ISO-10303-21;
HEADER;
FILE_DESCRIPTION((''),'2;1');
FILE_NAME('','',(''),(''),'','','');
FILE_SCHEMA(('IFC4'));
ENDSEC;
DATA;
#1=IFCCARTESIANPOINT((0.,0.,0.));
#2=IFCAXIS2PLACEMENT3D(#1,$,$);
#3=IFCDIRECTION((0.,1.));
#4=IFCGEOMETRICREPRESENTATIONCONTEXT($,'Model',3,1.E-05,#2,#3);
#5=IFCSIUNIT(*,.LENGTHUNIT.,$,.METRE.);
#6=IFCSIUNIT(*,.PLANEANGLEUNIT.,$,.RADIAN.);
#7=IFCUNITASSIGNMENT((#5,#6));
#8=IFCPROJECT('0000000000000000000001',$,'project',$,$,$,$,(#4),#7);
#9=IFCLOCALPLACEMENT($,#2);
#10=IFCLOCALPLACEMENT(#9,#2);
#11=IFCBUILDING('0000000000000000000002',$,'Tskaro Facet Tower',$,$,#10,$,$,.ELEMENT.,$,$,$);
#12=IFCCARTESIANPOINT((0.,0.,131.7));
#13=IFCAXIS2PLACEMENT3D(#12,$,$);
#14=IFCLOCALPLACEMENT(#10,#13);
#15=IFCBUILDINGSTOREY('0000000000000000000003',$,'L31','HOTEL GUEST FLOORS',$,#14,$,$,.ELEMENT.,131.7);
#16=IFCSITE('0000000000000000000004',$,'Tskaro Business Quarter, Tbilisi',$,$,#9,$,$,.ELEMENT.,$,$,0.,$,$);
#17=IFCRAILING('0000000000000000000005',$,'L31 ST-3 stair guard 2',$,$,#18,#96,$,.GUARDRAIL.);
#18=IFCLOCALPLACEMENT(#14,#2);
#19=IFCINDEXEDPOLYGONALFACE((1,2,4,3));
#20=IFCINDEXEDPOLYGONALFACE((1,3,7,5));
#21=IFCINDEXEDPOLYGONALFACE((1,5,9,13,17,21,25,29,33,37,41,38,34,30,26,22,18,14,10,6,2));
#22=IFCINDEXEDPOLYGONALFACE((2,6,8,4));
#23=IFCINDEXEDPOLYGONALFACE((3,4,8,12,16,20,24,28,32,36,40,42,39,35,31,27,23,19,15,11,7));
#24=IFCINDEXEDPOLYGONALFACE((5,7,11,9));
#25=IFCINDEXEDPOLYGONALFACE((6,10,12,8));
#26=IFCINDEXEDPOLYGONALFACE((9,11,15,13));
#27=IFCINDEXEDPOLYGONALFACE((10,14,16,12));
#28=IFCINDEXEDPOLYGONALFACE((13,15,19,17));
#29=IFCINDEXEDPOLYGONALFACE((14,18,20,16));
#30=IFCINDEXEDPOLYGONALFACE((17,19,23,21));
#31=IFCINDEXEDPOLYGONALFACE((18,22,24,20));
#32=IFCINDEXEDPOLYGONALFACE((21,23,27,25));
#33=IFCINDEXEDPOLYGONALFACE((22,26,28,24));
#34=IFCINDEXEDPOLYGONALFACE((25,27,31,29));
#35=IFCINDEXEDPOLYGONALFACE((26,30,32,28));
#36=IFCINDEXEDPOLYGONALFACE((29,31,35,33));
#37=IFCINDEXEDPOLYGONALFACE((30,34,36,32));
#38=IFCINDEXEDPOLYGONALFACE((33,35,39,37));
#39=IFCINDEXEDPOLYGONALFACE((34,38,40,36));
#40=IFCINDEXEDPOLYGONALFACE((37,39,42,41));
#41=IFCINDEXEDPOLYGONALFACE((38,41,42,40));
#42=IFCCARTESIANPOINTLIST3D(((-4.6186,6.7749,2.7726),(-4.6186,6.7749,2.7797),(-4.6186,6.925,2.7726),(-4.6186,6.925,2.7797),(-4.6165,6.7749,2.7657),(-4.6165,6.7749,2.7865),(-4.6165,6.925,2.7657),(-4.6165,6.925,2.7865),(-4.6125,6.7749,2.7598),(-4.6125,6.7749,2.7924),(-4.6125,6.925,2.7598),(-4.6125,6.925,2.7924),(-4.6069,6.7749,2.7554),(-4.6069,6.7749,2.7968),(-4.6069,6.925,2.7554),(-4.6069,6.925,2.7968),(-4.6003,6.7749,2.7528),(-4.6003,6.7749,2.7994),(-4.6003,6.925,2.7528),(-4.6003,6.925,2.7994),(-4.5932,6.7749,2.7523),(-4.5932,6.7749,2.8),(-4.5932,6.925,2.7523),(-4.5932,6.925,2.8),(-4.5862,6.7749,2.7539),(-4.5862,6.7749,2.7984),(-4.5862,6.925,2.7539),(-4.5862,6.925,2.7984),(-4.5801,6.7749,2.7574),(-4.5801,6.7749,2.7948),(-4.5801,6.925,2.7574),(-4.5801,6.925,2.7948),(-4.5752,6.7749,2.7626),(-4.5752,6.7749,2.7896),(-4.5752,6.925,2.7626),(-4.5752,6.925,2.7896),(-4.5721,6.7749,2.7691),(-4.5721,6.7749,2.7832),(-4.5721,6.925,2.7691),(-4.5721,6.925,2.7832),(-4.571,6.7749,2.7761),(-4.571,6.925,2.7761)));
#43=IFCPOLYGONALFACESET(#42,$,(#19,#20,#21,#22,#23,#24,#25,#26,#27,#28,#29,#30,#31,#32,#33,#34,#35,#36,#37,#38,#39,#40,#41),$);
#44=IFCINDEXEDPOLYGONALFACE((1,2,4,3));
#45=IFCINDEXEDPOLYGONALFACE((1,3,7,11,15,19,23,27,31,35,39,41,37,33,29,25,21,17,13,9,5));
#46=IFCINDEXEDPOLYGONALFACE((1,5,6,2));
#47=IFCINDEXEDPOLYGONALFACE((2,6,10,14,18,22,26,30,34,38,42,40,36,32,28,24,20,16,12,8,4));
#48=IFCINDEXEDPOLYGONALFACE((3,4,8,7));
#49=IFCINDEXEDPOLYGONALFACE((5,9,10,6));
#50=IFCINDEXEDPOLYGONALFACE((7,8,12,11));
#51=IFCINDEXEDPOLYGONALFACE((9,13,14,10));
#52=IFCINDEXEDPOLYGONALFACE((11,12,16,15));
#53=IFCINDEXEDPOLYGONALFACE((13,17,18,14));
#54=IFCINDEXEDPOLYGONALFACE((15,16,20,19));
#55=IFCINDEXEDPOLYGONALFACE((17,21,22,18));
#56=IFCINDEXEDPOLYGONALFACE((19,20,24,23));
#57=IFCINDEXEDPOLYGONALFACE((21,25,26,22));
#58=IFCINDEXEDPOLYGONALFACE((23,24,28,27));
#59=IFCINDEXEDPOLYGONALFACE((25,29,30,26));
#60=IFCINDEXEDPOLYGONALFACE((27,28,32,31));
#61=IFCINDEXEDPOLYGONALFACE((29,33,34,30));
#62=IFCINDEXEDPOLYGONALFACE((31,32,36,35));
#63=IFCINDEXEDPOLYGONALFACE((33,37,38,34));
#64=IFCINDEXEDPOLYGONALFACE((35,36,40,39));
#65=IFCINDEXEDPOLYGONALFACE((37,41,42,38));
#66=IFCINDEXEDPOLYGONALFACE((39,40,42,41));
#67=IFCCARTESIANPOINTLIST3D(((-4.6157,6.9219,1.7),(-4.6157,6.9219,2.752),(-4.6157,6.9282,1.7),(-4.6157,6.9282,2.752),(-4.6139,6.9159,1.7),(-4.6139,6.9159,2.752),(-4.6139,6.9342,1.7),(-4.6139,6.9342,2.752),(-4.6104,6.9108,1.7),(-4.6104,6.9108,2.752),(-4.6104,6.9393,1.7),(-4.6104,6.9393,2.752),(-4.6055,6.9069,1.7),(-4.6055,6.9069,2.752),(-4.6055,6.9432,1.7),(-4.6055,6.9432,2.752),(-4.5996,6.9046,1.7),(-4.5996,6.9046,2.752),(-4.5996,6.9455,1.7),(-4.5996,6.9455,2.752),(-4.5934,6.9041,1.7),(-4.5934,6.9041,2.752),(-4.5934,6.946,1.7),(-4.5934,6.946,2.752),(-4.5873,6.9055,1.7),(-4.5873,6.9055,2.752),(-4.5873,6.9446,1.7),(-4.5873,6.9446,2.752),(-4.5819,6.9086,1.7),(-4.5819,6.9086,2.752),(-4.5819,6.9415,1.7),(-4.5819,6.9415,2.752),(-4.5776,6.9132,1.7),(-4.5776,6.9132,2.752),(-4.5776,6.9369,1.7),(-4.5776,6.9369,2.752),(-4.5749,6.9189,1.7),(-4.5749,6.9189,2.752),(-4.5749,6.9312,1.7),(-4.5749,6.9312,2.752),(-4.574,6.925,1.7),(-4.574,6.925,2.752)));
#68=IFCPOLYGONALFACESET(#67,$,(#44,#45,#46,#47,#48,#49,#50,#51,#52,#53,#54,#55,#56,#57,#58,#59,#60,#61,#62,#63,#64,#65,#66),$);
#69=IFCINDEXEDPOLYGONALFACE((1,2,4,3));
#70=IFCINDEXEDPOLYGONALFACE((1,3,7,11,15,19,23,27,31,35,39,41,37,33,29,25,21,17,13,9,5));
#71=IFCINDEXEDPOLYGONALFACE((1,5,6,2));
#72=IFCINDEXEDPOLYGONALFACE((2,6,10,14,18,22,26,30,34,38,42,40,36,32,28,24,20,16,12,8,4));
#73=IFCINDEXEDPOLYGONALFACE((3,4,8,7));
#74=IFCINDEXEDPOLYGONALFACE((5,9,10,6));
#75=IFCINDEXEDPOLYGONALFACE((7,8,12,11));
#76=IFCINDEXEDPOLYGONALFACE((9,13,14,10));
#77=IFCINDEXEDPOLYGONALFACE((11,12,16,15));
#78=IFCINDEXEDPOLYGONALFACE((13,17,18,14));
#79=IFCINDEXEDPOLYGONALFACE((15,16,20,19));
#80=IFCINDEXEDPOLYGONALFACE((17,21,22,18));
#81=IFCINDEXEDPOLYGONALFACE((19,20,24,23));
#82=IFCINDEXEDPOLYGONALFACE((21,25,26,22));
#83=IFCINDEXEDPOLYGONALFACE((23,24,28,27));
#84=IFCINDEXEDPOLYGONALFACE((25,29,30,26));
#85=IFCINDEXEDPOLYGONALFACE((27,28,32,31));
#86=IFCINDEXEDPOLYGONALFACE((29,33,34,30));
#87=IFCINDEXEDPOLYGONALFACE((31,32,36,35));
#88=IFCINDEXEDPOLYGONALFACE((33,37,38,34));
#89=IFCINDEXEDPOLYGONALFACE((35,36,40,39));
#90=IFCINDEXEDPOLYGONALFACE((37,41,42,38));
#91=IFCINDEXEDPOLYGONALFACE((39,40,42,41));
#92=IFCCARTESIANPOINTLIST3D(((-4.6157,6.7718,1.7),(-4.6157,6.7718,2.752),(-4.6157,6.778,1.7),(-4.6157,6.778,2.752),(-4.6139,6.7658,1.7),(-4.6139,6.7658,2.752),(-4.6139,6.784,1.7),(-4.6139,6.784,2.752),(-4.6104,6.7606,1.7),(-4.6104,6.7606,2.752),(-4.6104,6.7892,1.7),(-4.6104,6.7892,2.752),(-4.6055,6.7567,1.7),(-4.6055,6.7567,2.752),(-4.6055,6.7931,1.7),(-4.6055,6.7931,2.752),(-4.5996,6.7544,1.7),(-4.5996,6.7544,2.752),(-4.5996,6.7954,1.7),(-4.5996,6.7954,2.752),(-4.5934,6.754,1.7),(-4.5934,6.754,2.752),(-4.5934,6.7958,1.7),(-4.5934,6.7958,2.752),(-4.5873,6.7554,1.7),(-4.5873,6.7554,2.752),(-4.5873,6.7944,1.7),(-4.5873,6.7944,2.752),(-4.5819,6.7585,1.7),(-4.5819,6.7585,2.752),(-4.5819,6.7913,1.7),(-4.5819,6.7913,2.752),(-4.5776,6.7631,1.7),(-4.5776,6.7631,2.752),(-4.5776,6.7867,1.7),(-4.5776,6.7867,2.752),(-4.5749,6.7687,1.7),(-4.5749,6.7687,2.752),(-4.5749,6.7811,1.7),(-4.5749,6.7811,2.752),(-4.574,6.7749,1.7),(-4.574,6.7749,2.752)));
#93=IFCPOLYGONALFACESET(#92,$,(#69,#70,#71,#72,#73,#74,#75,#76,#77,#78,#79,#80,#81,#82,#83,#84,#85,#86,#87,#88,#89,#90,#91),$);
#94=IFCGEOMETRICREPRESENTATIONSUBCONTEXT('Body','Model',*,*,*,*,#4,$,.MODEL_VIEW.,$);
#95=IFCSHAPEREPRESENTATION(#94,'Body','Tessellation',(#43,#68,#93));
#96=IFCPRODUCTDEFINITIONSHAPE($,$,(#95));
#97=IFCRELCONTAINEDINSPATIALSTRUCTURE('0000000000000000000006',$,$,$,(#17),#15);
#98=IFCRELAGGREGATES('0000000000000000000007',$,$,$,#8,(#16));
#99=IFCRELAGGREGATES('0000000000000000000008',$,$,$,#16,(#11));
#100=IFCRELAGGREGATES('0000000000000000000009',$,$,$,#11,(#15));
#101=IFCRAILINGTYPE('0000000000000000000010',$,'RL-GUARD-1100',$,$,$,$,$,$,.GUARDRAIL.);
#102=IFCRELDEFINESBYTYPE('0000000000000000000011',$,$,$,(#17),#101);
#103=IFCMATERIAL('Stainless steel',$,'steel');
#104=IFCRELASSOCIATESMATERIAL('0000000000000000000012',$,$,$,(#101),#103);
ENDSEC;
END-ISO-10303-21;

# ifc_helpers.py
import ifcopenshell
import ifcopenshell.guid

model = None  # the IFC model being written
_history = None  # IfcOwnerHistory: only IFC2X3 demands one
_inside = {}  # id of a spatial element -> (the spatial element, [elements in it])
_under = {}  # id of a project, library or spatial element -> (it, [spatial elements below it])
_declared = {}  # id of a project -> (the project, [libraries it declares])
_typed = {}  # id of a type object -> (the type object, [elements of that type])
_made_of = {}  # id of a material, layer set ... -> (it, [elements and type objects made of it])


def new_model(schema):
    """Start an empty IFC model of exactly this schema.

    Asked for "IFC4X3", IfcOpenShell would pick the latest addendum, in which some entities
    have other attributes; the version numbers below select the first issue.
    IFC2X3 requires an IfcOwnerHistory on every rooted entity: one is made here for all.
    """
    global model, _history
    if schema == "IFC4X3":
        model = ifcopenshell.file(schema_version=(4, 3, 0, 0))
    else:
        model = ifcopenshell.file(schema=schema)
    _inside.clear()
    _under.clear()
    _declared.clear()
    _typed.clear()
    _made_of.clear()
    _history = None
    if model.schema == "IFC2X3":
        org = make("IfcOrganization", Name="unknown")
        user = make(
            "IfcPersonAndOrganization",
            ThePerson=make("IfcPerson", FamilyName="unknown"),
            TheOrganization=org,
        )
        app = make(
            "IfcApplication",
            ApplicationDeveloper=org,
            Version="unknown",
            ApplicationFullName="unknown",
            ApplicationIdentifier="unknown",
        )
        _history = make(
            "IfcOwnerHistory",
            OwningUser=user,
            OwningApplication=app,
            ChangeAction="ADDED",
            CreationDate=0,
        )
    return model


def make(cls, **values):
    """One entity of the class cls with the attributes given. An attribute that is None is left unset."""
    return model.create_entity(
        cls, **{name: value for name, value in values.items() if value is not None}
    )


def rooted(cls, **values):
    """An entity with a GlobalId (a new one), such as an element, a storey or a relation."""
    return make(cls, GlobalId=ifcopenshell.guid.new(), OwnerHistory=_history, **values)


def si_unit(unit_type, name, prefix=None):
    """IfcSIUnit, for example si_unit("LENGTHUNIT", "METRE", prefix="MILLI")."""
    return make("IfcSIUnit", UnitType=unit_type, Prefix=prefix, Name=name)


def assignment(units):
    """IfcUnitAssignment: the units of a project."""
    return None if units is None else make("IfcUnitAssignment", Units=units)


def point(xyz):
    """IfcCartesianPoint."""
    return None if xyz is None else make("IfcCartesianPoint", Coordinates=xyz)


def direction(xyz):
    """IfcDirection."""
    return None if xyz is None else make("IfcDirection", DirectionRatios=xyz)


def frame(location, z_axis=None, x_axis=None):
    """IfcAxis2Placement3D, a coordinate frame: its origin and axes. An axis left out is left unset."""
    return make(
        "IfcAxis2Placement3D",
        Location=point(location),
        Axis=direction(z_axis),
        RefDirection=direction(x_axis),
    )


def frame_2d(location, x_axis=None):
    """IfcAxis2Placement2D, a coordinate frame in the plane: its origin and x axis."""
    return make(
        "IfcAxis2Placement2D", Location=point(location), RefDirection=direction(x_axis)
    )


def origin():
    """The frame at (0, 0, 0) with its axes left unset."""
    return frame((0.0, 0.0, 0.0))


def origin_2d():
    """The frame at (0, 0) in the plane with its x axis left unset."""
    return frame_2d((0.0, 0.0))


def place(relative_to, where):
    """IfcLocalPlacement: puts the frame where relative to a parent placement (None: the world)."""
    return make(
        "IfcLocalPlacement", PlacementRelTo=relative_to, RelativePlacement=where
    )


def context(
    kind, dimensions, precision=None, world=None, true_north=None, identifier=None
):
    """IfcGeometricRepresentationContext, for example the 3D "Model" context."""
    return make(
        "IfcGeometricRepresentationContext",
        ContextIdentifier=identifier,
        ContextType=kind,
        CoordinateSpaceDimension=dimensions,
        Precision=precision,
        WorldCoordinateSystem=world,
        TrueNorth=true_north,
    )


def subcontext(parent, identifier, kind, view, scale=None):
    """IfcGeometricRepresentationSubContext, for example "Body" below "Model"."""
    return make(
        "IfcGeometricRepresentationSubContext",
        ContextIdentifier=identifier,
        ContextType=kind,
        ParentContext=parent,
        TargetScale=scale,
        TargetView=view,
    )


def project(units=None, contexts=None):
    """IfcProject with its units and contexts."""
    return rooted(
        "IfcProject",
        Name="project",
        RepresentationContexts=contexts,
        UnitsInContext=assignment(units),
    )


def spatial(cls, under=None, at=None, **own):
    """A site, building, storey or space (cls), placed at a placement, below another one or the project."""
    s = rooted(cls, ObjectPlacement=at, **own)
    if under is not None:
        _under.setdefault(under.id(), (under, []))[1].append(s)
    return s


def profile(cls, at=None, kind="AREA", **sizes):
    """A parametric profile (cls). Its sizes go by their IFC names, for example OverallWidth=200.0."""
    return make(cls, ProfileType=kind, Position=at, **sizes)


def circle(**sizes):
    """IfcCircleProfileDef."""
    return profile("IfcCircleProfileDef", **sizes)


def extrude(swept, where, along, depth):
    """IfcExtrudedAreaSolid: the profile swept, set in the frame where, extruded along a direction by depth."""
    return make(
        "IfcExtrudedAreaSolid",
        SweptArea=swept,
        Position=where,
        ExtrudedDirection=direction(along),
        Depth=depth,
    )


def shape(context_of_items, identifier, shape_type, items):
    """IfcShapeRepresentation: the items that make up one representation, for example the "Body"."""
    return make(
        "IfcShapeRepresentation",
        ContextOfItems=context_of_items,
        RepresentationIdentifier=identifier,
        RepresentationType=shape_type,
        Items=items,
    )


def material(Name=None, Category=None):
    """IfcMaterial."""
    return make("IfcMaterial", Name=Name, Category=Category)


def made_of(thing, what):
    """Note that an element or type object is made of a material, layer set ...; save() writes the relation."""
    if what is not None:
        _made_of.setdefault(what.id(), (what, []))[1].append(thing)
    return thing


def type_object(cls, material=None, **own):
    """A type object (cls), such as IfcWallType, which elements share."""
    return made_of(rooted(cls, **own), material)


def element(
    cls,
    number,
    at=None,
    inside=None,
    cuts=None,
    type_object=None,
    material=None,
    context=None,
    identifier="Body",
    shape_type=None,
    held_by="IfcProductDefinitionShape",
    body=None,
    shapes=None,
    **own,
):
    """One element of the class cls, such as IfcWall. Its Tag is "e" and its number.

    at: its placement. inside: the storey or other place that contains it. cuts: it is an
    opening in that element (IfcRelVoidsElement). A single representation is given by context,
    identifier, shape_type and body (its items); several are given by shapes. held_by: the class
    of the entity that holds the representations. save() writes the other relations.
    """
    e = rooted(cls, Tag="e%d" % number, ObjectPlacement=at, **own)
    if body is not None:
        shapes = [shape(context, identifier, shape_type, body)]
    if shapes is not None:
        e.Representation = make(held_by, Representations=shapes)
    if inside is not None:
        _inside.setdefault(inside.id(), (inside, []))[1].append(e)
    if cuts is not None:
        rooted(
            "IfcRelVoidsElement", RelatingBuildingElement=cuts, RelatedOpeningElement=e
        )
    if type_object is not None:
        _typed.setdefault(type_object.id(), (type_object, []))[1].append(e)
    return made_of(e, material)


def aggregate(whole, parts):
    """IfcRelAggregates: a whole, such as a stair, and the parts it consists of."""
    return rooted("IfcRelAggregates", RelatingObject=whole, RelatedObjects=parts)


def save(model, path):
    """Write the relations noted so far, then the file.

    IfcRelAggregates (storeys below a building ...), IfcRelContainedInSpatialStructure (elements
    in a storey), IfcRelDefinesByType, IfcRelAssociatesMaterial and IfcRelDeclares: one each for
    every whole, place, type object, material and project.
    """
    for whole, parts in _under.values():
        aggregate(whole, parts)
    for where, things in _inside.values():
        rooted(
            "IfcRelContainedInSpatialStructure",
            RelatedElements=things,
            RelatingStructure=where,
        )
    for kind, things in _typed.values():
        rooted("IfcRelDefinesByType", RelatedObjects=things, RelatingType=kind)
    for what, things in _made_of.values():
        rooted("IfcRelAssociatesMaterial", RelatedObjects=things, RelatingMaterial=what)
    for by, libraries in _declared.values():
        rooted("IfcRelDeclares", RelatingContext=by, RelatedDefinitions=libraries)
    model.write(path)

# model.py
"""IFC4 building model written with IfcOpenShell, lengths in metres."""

from ifc_helpers import new_model, si_unit, direction, frame, origin, origin_2d, place, context, subcontext, project, spatial, circle, extrude, material, type_object, element, save


model = new_model("IFC4")

# Units and contexts
model_context = context("Model", 3, precision=1e-05, world=origin(), true_north=direction((0.0, 1.0)))
body_context = subcontext(model_context, "Body", "Model", "MODEL_VIEW")
ifc_project = project(units=[si_unit("LENGTHUNIT", "METRE"), si_unit("PLANEANGLEUNIT", "RADIAN")], contexts=[model_context])

# Site, building, storey
site_placement = place(None, origin())
site = spatial("IfcSite", under=ifc_project, at=site_placement, Name="Tskaro Business Quarter, Tbilisi", CompositionType="ELEMENT", RefElevation=0.0)
building_placement = place(site_placement, origin())
building = spatial("IfcBuilding", under=site, at=building_placement, Name="Tskaro Facet Tower", CompositionType="ELEMENT")
storey_placement = place(building_placement, frame((0.0, 0.0, 131.7)))
storey = spatial("IfcBuildingStorey", under=building, at=storey_placement, Name="L31", Description="HOTEL GUEST FLOORS", CompositionType="ELEMENT", Elevation=131.7)

# Railing
ifc_material_1 = material(Name="Stainless steel", Category="steel")
railing_type_1 = type_object("IfcRailingType", Name="RL-GUARD-1100", PredefinedType="GUARDRAIL", material=ifc_material_1)
railing_1_placement = place(storey_placement, frame((-4.595, 6.925, 1.7)))
element("IfcRailing", 1, at=railing_1_placement, inside=storey, type_object=railing_type_1, Name="L31 ST-3 stair guard 2", PredefinedType="GUARDRAIL", context=body_context, shape_type="SweptSolid", body=[
    extrude(circle(Radius=0.0239, at=origin_2d()), frame((0.0, 0.0, 1.0762), z_axis=(0.0, -1.0, 0.0), x_axis=(1.0, 0.0, 0.0)), (0.0, 0.0, 1.0), 0.1501),
    extrude(circle(Radius=0.021, at=origin_2d()), origin(), (0.0, 0.0, 1.0), 1.052),
    extrude(circle(Radius=0.021, at=origin_2d()), frame((0.0, -0.1501, 0.0)), (0.0, 0.0, 1.0), 1.052),
])

save(model, "model.ifc")
